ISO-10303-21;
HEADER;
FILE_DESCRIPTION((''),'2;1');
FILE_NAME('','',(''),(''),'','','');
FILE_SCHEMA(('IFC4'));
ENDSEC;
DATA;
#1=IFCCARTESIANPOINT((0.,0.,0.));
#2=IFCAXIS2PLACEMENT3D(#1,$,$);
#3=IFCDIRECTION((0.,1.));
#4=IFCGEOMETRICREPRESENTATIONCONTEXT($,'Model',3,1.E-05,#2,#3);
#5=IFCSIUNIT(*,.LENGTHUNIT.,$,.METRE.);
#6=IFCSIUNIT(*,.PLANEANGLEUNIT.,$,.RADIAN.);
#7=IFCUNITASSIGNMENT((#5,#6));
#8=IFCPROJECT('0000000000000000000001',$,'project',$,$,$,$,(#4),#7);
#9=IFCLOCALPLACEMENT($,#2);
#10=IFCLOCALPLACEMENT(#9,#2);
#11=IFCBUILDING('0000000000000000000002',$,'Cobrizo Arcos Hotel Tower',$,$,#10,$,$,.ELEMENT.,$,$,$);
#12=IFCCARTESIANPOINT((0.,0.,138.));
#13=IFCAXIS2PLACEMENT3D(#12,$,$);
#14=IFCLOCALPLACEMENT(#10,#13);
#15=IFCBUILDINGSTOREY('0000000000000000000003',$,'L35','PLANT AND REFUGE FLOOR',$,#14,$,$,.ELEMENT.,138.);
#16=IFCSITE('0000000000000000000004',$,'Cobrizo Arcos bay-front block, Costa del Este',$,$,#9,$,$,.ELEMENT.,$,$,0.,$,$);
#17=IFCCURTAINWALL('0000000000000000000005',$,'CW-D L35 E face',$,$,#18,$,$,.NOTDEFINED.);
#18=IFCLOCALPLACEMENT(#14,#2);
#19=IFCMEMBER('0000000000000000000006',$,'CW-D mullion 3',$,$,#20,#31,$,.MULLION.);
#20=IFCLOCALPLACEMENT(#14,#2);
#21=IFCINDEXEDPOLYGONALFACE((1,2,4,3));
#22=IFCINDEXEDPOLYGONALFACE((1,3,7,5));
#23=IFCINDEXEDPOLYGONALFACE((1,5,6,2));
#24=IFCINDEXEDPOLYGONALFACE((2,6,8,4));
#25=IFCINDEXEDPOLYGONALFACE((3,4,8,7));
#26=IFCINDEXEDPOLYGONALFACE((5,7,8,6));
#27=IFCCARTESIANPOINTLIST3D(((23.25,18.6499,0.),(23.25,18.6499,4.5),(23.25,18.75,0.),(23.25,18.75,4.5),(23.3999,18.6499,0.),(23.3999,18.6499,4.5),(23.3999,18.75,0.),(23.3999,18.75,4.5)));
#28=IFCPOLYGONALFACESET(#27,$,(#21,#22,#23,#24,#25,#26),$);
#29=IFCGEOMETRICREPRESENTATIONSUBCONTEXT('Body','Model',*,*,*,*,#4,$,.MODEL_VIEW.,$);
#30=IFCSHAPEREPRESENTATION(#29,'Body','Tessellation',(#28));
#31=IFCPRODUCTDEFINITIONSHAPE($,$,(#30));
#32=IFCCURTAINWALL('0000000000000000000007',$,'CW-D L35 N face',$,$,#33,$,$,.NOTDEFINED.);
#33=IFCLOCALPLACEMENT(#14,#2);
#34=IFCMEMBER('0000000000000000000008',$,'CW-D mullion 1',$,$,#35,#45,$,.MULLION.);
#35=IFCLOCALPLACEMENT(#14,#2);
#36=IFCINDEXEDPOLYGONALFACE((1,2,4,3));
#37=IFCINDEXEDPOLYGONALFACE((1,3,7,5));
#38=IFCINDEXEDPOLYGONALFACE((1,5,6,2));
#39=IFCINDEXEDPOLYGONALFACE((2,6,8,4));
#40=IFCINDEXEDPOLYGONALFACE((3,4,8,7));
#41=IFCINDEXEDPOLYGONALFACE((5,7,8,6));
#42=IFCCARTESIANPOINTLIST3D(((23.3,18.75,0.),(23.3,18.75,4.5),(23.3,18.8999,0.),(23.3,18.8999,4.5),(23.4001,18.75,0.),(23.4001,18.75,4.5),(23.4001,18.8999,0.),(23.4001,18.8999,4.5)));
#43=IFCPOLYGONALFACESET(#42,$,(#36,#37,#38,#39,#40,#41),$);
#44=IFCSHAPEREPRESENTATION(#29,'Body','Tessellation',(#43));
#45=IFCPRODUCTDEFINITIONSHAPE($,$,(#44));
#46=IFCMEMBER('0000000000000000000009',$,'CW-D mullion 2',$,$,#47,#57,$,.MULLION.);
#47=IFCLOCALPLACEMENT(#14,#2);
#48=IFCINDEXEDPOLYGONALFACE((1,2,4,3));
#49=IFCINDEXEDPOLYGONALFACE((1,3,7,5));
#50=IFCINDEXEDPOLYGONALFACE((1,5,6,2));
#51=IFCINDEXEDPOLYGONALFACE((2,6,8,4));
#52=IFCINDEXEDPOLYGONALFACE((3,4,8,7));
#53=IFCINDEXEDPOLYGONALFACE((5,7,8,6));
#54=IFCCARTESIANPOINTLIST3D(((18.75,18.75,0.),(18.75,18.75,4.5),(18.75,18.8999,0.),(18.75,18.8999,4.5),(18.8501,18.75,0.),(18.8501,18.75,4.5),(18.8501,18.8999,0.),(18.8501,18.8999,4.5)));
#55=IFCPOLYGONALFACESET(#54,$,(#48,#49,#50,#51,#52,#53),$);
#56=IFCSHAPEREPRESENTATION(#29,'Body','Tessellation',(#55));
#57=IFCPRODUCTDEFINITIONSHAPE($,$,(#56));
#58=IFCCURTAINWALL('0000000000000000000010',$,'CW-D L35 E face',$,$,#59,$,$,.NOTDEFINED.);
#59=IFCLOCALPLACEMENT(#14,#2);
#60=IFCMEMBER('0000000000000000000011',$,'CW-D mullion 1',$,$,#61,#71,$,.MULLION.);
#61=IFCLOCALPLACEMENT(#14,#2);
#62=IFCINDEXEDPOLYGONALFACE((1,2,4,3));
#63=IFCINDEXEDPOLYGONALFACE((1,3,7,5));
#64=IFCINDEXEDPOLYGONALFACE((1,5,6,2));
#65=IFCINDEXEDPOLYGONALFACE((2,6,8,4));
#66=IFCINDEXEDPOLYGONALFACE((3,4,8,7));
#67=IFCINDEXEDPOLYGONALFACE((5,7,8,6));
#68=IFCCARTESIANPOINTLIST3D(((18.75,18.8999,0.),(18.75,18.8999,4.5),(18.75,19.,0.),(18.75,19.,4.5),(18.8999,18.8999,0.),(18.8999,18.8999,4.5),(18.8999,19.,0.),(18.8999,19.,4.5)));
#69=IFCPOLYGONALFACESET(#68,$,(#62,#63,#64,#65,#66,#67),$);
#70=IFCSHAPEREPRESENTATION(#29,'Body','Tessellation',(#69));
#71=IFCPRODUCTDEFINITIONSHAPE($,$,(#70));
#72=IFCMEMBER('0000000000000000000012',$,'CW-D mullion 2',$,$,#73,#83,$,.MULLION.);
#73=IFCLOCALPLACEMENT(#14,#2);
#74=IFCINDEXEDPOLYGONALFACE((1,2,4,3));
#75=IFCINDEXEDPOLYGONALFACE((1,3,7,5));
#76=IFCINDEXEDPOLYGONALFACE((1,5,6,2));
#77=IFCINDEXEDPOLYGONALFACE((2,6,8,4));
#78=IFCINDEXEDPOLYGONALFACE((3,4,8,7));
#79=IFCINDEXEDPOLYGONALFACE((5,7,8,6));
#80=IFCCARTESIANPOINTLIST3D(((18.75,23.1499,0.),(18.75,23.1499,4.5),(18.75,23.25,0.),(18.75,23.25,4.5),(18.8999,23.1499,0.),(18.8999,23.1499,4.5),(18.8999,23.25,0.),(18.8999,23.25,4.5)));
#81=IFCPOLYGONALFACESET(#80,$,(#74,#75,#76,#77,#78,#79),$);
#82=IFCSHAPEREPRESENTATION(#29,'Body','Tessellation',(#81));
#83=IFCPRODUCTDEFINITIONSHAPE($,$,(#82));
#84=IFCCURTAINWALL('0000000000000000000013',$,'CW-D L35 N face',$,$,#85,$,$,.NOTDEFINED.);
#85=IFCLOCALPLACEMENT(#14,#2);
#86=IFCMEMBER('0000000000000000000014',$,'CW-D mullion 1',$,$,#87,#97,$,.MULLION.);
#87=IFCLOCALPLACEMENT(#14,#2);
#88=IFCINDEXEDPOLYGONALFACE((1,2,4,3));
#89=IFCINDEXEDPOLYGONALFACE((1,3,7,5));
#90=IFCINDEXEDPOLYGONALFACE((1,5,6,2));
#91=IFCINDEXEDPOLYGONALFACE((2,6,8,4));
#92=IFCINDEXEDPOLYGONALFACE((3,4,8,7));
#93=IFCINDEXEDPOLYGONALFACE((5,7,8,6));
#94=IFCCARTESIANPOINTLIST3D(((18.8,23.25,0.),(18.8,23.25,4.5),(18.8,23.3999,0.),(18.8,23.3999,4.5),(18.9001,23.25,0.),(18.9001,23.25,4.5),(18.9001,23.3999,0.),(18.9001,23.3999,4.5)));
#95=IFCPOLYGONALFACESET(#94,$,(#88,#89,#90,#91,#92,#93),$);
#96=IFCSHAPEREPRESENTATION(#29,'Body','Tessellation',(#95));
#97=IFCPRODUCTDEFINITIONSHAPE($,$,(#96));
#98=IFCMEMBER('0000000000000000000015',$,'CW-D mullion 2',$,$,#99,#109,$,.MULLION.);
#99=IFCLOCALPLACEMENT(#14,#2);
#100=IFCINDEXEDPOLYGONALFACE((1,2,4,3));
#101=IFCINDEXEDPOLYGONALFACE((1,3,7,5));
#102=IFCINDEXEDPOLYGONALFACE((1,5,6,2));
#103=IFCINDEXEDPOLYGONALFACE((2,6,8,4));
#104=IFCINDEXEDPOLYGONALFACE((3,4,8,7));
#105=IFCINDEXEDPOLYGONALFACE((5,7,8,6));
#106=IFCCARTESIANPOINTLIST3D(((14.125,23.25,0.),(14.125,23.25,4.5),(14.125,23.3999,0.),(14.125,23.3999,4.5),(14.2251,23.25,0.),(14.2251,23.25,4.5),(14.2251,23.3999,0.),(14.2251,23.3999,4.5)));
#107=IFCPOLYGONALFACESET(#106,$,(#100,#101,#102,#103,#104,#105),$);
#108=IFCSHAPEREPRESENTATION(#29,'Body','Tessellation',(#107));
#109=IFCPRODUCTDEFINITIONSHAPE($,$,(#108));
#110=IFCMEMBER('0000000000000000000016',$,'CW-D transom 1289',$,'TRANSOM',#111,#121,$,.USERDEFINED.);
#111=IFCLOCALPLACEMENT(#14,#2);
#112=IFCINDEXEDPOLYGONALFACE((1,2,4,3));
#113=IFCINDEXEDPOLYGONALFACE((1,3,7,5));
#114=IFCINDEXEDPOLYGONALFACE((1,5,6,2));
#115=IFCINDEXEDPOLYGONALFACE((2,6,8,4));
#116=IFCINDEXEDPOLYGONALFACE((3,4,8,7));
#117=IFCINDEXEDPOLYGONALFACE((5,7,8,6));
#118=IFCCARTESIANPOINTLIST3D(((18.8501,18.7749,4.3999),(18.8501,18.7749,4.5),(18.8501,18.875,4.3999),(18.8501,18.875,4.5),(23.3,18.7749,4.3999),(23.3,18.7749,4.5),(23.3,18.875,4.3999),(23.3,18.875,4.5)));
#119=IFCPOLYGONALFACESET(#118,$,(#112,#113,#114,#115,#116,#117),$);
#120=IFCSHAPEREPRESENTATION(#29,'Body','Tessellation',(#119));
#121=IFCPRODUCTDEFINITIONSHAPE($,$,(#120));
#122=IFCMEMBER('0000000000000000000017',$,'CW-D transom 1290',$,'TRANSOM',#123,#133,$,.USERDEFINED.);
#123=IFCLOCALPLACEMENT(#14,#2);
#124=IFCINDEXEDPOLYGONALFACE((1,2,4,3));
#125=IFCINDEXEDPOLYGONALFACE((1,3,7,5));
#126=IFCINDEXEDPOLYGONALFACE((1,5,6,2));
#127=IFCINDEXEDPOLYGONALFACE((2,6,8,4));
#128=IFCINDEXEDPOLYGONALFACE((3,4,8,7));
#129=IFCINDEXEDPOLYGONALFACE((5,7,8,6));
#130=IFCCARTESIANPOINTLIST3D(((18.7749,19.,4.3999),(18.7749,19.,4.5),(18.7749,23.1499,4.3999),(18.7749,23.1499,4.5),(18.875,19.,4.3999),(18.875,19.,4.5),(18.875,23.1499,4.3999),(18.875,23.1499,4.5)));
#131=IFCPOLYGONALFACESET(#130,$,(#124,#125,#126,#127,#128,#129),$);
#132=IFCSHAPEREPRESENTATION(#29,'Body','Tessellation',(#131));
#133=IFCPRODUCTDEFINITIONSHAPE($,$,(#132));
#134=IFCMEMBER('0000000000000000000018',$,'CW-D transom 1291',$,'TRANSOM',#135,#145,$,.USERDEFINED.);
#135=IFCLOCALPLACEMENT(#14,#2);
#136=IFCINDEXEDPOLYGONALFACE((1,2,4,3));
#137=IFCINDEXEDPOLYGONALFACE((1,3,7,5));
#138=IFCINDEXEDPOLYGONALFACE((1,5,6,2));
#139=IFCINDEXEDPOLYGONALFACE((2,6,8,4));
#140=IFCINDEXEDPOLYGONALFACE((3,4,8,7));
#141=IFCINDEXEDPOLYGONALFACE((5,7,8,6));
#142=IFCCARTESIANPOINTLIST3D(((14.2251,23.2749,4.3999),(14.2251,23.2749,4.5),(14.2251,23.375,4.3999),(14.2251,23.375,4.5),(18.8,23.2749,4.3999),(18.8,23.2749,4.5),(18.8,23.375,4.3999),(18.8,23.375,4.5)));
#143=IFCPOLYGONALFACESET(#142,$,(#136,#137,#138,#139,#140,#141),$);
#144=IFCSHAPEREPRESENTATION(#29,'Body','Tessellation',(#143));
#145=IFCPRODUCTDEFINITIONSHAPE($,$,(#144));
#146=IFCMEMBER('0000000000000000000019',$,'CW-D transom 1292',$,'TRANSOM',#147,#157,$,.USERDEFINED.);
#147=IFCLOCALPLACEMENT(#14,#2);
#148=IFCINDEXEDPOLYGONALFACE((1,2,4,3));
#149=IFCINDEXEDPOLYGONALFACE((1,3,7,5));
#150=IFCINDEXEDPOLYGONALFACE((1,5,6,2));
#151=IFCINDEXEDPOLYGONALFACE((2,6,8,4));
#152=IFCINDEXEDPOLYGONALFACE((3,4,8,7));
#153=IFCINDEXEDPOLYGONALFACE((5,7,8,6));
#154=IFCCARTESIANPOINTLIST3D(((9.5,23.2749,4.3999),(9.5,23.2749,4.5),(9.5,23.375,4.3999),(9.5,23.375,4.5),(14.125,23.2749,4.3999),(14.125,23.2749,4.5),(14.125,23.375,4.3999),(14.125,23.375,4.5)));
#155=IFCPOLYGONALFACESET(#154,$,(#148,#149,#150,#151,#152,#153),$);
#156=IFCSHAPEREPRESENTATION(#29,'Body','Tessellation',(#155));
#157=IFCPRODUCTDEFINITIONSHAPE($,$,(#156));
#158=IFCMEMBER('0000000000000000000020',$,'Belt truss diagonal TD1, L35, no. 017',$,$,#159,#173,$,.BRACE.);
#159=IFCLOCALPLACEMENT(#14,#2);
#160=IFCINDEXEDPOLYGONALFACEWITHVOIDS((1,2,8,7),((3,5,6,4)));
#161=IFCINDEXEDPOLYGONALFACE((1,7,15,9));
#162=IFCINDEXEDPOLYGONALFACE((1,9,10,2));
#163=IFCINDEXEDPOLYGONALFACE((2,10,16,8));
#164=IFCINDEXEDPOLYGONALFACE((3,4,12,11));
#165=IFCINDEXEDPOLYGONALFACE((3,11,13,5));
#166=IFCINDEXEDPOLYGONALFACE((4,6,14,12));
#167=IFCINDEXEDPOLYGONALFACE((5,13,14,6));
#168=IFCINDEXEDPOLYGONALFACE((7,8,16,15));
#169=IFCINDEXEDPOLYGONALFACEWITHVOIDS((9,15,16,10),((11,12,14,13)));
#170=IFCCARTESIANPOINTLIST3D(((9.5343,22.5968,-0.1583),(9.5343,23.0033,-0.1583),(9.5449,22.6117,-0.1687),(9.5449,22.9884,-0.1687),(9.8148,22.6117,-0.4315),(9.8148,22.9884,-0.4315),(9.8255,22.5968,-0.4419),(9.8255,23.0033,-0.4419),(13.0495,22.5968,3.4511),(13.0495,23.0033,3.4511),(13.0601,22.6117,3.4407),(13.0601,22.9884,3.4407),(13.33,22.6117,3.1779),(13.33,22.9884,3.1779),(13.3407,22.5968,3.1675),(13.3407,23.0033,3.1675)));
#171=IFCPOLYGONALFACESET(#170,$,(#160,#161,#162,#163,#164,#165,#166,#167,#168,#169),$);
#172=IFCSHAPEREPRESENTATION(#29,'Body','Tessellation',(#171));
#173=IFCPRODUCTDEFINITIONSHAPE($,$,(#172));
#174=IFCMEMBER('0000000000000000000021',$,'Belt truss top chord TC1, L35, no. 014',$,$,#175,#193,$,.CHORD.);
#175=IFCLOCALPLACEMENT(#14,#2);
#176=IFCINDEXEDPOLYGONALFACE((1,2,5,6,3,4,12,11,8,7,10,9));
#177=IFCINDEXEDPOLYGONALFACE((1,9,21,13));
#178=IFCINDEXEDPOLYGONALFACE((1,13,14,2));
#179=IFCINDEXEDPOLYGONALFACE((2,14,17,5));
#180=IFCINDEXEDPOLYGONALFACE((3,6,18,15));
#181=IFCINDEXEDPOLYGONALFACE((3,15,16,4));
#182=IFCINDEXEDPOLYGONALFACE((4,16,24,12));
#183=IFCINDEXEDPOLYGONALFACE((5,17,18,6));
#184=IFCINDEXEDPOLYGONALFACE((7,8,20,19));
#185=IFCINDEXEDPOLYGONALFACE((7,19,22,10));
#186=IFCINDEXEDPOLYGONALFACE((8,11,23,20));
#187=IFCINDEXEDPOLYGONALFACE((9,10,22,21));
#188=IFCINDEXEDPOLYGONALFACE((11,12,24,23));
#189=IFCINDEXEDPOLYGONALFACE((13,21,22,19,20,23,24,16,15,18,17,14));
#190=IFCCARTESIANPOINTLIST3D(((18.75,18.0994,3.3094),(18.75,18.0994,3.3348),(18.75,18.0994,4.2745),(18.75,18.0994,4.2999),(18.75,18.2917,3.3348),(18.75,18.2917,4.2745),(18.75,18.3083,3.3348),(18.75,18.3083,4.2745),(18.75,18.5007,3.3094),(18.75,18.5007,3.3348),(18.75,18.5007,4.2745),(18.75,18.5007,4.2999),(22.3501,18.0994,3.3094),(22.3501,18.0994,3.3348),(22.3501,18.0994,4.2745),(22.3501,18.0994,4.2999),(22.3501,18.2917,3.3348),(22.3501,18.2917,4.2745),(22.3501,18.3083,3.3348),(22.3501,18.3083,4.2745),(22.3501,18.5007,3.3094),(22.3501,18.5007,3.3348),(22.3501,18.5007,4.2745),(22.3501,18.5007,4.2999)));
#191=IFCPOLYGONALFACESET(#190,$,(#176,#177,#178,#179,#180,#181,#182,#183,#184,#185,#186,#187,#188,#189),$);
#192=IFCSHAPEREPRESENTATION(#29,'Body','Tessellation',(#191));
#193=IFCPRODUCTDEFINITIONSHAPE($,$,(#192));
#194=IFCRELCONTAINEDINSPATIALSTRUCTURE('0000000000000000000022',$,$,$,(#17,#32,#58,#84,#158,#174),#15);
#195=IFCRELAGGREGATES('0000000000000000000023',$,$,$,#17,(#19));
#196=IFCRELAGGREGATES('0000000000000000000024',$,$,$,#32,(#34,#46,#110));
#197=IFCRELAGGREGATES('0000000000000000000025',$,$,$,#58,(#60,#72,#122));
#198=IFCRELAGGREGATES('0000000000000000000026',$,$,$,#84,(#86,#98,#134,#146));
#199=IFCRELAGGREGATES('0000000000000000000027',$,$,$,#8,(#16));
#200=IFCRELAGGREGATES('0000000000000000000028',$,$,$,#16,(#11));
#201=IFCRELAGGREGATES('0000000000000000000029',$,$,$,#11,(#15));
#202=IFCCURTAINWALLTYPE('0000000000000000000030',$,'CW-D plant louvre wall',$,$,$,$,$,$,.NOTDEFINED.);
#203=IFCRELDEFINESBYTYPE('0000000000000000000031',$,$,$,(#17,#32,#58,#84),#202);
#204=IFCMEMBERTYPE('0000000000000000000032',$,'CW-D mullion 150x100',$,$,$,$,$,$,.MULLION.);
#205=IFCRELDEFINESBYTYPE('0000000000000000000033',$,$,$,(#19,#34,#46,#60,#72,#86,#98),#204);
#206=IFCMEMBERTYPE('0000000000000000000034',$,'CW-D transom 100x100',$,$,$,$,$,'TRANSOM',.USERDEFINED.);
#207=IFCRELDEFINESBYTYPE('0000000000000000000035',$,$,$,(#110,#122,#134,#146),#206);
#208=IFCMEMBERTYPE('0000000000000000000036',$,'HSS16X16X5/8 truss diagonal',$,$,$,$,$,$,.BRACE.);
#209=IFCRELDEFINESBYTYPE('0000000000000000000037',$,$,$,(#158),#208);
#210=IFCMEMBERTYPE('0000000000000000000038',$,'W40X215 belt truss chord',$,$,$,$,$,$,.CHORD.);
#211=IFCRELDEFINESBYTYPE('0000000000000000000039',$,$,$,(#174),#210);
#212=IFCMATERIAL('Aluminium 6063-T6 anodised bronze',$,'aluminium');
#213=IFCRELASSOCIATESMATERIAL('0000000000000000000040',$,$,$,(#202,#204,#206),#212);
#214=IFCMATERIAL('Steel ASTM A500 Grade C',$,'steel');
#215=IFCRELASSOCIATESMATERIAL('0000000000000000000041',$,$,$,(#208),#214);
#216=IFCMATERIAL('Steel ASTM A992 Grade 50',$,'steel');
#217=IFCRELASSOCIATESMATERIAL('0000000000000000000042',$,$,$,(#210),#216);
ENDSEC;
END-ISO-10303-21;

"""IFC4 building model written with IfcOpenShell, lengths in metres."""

from ifc_helpers import new_model, si_unit, direction, frame, origin, origin_2d, place, context, subcontext, project, spatial, rectangle, hollow_rectangle, i_section, extrude, material, material_profile, profile_set, type_object, element, aggregate, save


model = new_model("IFC4")

# Units and contexts
model_context = context("Model", 3, precision=1e-05, world=origin(), true_north=direction((0.0, 1.0)))
body_context = subcontext(model_context, "Body", "Model", "MODEL_VIEW")
ifc_project = project(units=[si_unit("LENGTHUNIT", "METRE"), si_unit("PLANEANGLEUNIT", "RADIAN")], contexts=[model_context])

# Site, building, storey
site_placement = place(None, origin())
site = spatial("IfcSite", under=ifc_project, at=site_placement, Name="Cobrizo Arcos bay-front block, Costa del Este", CompositionType="ELEMENT", RefElevation=0.0)
building_placement = place(site_placement, origin())
building = spatial("IfcBuilding", under=site, at=building_placement, Name="Cobrizo Arcos Hotel Tower", CompositionType="ELEMENT")
storey_placement = place(building_placement, frame((0.0, 0.0, 138.0)))
storey = spatial("IfcBuildingStorey", under=building, at=storey_placement, Name="L35", Description="PLANT AND REFUGE FLOOR", CompositionType="ELEMENT", Elevation=138.0)

# Curtain wall, member
ifc_material_1 = material(Name="Aluminium 6063-T6 anodised bronze", Category="aluminium")
curtain_wall_type = type_object("IfcCurtainWallType", Name="CW-D plant louvre wall", PredefinedType="NOTDEFINED", material=ifc_material_1)
curtain_wall_1_placement = place(storey_placement, origin())
curtain_wall_1 = element("IfcCurtainWall", 1, at=curtain_wall_1_placement, inside=storey, type_object=curtain_wall_type, Name="CW-D L35 E face", PredefinedType="NOTDEFINED")
ifc_material_profile_1 = material_profile(ifc_material_1, rectangle(XDim=0.1499, YDim=0.1001, at=origin_2d()), Name="CW-D mullion 150x100")
ifc_profile_set_1 = profile_set([ifc_material_profile_1], Name="Aluminium 6063-T6 anodised bronze")
member_type_1 = type_object("IfcMemberType", Name="CW-D mullion 150x100", PredefinedType="MULLION", material=ifc_profile_set_1)
member_1_placement = place(storey_placement, frame((23.325, 18.7, 0.0), z_axis=(0.0, 0.0, 1.0), x_axis=(1.0, 0.0, 0.0)))
member_1 = element("IfcMember", 2, at=member_1_placement, type_object=member_type_1, Name="CW-D mullion 3", PredefinedType="MULLION", context=body_context, shape_type="SweptSolid", body=[
    extrude(rectangle(XDim=0.1499, YDim=0.1001, at=origin_2d()), origin(), (0.0, 0.0, 1.0), 4.5),
])
aggregate(curtain_wall_1, [member_1])

# Curtain walls, members
curtain_wall_2_placement = place(storey_placement, origin())
curtain_wall_2 = element("IfcCurtainWall", 3, at=curtain_wall_2_placement, inside=storey, type_object=curtain_wall_type, Name="CW-D L35 N face", PredefinedType="NOTDEFINED")
member_2_placement = place(storey_placement, frame((23.3501, 18.825, 0.0), z_axis=(0.0, 0.0, 1.0), x_axis=(0.0, 1.0, 0.0)))
member_2 = element("IfcMember", 4, at=member_2_placement, type_object=member_type_1, Name="CW-D mullion 1", PredefinedType="MULLION", context=body_context, shape_type="SweptSolid", body=[
    extrude(rectangle(XDim=0.1499, YDim=0.1001, at=origin_2d()), origin(), (0.0, 0.0, 1.0), 4.5),
])
member_3_placement = place(storey_placement, frame((18.8, 18.825, 0.0), z_axis=(0.0, 0.0, 1.0), x_axis=(0.0, 1.0, 0.0)))
member_3 = element("IfcMember", 5, at=member_3_placement, type_object=member_type_1, Name="CW-D mullion 2", PredefinedType="MULLION", context=body_context, shape_type="SweptSolid", body=[
    extrude(rectangle(XDim=0.1499, YDim=0.1001, at=origin_2d()), origin(), (0.0, 0.0, 1.0), 4.5),
])
curtain_wall_3_placement = place(storey_placement, origin())
curtain_wall_3 = element("IfcCurtainWall", 6, at=curtain_wall_3_placement, inside=storey, type_object=curtain_wall_type, Name="CW-D L35 E face", PredefinedType="NOTDEFINED")
member_4_placement = place(storey_placement, frame((18.825, 18.95, 0.0), z_axis=(0.0, 0.0, 1.0), x_axis=(1.0, 0.0, 0.0)))
member_4 = element("IfcMember", 7, at=member_4_placement, type_object=member_type_1, Name="CW-D mullion 1", PredefinedType="MULLION", context=body_context, shape_type="SweptSolid", body=[
    extrude(rectangle(XDim=0.1499, YDim=0.1001, at=origin_2d()), origin(), (0.0, 0.0, 1.0), 4.5),
])
member_5_placement = place(storey_placement, frame((18.825, 23.2, 0.0), z_axis=(0.0, 0.0, 1.0), x_axis=(1.0, 0.0, 0.0)))
member_5 = element("IfcMember", 8, at=member_5_placement, type_object=member_type_1, Name="CW-D mullion 2", PredefinedType="MULLION", context=body_context, shape_type="SweptSolid", body=[
    extrude(rectangle(XDim=0.1499, YDim=0.1001, at=origin_2d()), origin(), (0.0, 0.0, 1.0), 4.5),
])
curtain_wall_4_placement = place(storey_placement, origin())
curtain_wall_4 = element("IfcCurtainWall", 9, at=curtain_wall_4_placement, inside=storey, type_object=curtain_wall_type, Name="CW-D L35 N face", PredefinedType="NOTDEFINED")
member_6_placement = place(storey_placement, frame((18.8501, 23.325, 0.0), z_axis=(0.0, 0.0, 1.0), x_axis=(0.0, 1.0, 0.0)))
member_6 = element("IfcMember", 10, at=member_6_placement, type_object=member_type_1, Name="CW-D mullion 1", PredefinedType="MULLION", context=body_context, shape_type="SweptSolid", body=[
    extrude(rectangle(XDim=0.1499, YDim=0.1001, at=origin_2d()), origin(), (0.0, 0.0, 1.0), 4.5),
])
member_7_placement = place(storey_placement, frame((14.175, 23.325, 0.0), z_axis=(0.0, 0.0, 1.0), x_axis=(0.0, 1.0, 0.0)))
member_7 = element("IfcMember", 11, at=member_7_placement, type_object=member_type_1, Name="CW-D mullion 2", PredefinedType="MULLION", context=body_context, shape_type="SweptSolid", body=[
    extrude(rectangle(XDim=0.1499, YDim=0.1001, at=origin_2d()), origin(), (0.0, 0.0, 1.0), 4.5),
])

# Members
ifc_material_profile_2 = material_profile(ifc_material_1, rectangle(XDim=0.1001, YDim=0.1001, at=origin_2d()), Name="CW-D transom 100x100")
ifc_profile_set_2 = profile_set([ifc_material_profile_2], Name="Aluminium 6063-T6 anodised bronze")
member_type_2 = type_object("IfcMemberType", Name="CW-D transom 100x100", ElementType="TRANSOM", PredefinedType="USERDEFINED", material=ifc_profile_set_2)
member_8_placement = place(storey_placement, frame((23.3, 18.825, 4.45), z_axis=(-1.0, 0.0, 0.0), x_axis=(0.0, -1.0, 0.0)))
member_8 = element("IfcMember", 12, at=member_8_placement, type_object=member_type_2, Name="CW-D transom 1289", ObjectType="TRANSOM", PredefinedType="USERDEFINED", context=body_context, shape_type="SweptSolid", body=[
    extrude(rectangle(XDim=0.1001, YDim=0.1001, at=origin_2d()), origin(), (0.0, 0.0, 1.0), 4.45),
])
member_9_placement = place(storey_placement, frame((18.825, 19.0, 4.45), z_axis=(0.0, 1.0, 0.0), x_axis=(-1.0, 0.0, 0.0)))
member_9 = element("IfcMember", 13, at=member_9_placement, type_object=member_type_2, Name="CW-D transom 1290", ObjectType="TRANSOM", PredefinedType="USERDEFINED", context=body_context, shape_type="SweptSolid", body=[
    extrude(rectangle(XDim=0.1001, YDim=0.1001, at=origin_2d()), origin(), (0.0, 0.0, 1.0), 4.1499),
])
member_10_placement = place(storey_placement, frame((18.8, 23.325, 4.45), z_axis=(-1.0, 0.0, 0.0), x_axis=(0.0, -1.0, 0.0)))
member_10 = element("IfcMember", 14, at=member_10_placement, type_object=member_type_2, Name="CW-D transom 1291", ObjectType="TRANSOM", PredefinedType="USERDEFINED", context=body_context, shape_type="SweptSolid", body=[
    extrude(rectangle(XDim=0.1001, YDim=0.1001, at=origin_2d()), origin(), (0.0, 0.0, 1.0), 4.575),
])
member_11_placement = place(storey_placement, frame((14.125, 23.325, 4.45), z_axis=(-1.0, 0.0, 0.0), x_axis=(0.0, -1.0, 0.0)))
member_11 = element("IfcMember", 15, at=member_11_placement, type_object=member_type_2, Name="CW-D transom 1292", ObjectType="TRANSOM", PredefinedType="USERDEFINED", context=body_context, shape_type="SweptSolid", body=[
    extrude(rectangle(XDim=0.1001, YDim=0.1001, at=origin_2d()), origin(), (0.0, 0.0, 1.0), 4.625),
])

# Members
ifc_material_2 = material(Name="Steel ASTM A500 Grade C", Category="steel")
ifc_material_profile_3 = material_profile(ifc_material_2, hollow_rectangle(XDim=0.4065, YDim=0.4065, WallThickness=0.0149, at=origin_2d()), Name="HSS16X16X5/8")
ifc_profile_set_3 = profile_set([ifc_material_profile_3], Name="Steel ASTM A500 Grade C")
member_type_3 = type_object("IfcMemberType", Name="HSS16X16X5/8 truss diagonal", PredefinedType="BRACE", material=ifc_profile_set_3)
member_12_placement = place(storey_placement, frame((13.1951, 22.8, 3.3093), z_axis=(-0.697693, 0.0, -0.716397), x_axis=(0.0, -1.0, 0.0)))
element("IfcMember", 16, at=member_12_placement, inside=storey, type_object=member_type_3, Name="Belt truss diagonal TD1, L35, no. 017", PredefinedType="BRACE", context=body_context, shape_type="SweptSolid", body=[
    extrude(hollow_rectangle(XDim=0.4065, YDim=0.4065, WallThickness=0.0149, at=origin_2d()), origin(), (0.0, 0.0, 1.0), 5.0383),
])
ifc_material_3 = material(Name="Steel ASTM A992 Grade 50", Category="steel")
ifc_material_profile_4 = material_profile(ifc_material_3, i_section(OverallWidth=0.4014, OverallDepth=0.9905, WebThickness=0.0166, FlangeThickness=0.0254, at=origin_2d()), Name="W40X215")
ifc_profile_set_4 = profile_set([ifc_material_profile_4], Name="Steel ASTM A992 Grade 50")
member_type_4 = type_object("IfcMemberType", Name="W40X215 belt truss chord", PredefinedType="CHORD", material=ifc_profile_set_4)
for number, where, z_axis, x_axis, name in (
    (17, (22.3501, 18.3, 3.8047), (-1.0, 0.0, 0.0), (0.0, -1.0, 0.0), "Belt truss top chord TC1, L35, no. 014"),
):
    element("IfcMember", number, at=place(storey_placement, frame(where, z_axis=z_axis, x_axis=x_axis)), inside=storey, type_object=member_type_4, Name=name, PredefinedType="CHORD", context=body_context, shape_type="SweptSolid", body=[
        extrude(i_section(OverallWidth=0.4014, OverallDepth=0.9905, WebThickness=0.0166, FlangeThickness=0.0254, at=origin_2d()), origin(), (0.0, 0.0, 1.0), 3.6001),
    ])

aggregate(curtain_wall_2, [member_2, member_3, member_8])
aggregate(curtain_wall_3, [member_4, member_5, member_9])
aggregate(curtain_wall_4, [member_6, member_7, member_10, member_11])

save(model, "model.ifc")
